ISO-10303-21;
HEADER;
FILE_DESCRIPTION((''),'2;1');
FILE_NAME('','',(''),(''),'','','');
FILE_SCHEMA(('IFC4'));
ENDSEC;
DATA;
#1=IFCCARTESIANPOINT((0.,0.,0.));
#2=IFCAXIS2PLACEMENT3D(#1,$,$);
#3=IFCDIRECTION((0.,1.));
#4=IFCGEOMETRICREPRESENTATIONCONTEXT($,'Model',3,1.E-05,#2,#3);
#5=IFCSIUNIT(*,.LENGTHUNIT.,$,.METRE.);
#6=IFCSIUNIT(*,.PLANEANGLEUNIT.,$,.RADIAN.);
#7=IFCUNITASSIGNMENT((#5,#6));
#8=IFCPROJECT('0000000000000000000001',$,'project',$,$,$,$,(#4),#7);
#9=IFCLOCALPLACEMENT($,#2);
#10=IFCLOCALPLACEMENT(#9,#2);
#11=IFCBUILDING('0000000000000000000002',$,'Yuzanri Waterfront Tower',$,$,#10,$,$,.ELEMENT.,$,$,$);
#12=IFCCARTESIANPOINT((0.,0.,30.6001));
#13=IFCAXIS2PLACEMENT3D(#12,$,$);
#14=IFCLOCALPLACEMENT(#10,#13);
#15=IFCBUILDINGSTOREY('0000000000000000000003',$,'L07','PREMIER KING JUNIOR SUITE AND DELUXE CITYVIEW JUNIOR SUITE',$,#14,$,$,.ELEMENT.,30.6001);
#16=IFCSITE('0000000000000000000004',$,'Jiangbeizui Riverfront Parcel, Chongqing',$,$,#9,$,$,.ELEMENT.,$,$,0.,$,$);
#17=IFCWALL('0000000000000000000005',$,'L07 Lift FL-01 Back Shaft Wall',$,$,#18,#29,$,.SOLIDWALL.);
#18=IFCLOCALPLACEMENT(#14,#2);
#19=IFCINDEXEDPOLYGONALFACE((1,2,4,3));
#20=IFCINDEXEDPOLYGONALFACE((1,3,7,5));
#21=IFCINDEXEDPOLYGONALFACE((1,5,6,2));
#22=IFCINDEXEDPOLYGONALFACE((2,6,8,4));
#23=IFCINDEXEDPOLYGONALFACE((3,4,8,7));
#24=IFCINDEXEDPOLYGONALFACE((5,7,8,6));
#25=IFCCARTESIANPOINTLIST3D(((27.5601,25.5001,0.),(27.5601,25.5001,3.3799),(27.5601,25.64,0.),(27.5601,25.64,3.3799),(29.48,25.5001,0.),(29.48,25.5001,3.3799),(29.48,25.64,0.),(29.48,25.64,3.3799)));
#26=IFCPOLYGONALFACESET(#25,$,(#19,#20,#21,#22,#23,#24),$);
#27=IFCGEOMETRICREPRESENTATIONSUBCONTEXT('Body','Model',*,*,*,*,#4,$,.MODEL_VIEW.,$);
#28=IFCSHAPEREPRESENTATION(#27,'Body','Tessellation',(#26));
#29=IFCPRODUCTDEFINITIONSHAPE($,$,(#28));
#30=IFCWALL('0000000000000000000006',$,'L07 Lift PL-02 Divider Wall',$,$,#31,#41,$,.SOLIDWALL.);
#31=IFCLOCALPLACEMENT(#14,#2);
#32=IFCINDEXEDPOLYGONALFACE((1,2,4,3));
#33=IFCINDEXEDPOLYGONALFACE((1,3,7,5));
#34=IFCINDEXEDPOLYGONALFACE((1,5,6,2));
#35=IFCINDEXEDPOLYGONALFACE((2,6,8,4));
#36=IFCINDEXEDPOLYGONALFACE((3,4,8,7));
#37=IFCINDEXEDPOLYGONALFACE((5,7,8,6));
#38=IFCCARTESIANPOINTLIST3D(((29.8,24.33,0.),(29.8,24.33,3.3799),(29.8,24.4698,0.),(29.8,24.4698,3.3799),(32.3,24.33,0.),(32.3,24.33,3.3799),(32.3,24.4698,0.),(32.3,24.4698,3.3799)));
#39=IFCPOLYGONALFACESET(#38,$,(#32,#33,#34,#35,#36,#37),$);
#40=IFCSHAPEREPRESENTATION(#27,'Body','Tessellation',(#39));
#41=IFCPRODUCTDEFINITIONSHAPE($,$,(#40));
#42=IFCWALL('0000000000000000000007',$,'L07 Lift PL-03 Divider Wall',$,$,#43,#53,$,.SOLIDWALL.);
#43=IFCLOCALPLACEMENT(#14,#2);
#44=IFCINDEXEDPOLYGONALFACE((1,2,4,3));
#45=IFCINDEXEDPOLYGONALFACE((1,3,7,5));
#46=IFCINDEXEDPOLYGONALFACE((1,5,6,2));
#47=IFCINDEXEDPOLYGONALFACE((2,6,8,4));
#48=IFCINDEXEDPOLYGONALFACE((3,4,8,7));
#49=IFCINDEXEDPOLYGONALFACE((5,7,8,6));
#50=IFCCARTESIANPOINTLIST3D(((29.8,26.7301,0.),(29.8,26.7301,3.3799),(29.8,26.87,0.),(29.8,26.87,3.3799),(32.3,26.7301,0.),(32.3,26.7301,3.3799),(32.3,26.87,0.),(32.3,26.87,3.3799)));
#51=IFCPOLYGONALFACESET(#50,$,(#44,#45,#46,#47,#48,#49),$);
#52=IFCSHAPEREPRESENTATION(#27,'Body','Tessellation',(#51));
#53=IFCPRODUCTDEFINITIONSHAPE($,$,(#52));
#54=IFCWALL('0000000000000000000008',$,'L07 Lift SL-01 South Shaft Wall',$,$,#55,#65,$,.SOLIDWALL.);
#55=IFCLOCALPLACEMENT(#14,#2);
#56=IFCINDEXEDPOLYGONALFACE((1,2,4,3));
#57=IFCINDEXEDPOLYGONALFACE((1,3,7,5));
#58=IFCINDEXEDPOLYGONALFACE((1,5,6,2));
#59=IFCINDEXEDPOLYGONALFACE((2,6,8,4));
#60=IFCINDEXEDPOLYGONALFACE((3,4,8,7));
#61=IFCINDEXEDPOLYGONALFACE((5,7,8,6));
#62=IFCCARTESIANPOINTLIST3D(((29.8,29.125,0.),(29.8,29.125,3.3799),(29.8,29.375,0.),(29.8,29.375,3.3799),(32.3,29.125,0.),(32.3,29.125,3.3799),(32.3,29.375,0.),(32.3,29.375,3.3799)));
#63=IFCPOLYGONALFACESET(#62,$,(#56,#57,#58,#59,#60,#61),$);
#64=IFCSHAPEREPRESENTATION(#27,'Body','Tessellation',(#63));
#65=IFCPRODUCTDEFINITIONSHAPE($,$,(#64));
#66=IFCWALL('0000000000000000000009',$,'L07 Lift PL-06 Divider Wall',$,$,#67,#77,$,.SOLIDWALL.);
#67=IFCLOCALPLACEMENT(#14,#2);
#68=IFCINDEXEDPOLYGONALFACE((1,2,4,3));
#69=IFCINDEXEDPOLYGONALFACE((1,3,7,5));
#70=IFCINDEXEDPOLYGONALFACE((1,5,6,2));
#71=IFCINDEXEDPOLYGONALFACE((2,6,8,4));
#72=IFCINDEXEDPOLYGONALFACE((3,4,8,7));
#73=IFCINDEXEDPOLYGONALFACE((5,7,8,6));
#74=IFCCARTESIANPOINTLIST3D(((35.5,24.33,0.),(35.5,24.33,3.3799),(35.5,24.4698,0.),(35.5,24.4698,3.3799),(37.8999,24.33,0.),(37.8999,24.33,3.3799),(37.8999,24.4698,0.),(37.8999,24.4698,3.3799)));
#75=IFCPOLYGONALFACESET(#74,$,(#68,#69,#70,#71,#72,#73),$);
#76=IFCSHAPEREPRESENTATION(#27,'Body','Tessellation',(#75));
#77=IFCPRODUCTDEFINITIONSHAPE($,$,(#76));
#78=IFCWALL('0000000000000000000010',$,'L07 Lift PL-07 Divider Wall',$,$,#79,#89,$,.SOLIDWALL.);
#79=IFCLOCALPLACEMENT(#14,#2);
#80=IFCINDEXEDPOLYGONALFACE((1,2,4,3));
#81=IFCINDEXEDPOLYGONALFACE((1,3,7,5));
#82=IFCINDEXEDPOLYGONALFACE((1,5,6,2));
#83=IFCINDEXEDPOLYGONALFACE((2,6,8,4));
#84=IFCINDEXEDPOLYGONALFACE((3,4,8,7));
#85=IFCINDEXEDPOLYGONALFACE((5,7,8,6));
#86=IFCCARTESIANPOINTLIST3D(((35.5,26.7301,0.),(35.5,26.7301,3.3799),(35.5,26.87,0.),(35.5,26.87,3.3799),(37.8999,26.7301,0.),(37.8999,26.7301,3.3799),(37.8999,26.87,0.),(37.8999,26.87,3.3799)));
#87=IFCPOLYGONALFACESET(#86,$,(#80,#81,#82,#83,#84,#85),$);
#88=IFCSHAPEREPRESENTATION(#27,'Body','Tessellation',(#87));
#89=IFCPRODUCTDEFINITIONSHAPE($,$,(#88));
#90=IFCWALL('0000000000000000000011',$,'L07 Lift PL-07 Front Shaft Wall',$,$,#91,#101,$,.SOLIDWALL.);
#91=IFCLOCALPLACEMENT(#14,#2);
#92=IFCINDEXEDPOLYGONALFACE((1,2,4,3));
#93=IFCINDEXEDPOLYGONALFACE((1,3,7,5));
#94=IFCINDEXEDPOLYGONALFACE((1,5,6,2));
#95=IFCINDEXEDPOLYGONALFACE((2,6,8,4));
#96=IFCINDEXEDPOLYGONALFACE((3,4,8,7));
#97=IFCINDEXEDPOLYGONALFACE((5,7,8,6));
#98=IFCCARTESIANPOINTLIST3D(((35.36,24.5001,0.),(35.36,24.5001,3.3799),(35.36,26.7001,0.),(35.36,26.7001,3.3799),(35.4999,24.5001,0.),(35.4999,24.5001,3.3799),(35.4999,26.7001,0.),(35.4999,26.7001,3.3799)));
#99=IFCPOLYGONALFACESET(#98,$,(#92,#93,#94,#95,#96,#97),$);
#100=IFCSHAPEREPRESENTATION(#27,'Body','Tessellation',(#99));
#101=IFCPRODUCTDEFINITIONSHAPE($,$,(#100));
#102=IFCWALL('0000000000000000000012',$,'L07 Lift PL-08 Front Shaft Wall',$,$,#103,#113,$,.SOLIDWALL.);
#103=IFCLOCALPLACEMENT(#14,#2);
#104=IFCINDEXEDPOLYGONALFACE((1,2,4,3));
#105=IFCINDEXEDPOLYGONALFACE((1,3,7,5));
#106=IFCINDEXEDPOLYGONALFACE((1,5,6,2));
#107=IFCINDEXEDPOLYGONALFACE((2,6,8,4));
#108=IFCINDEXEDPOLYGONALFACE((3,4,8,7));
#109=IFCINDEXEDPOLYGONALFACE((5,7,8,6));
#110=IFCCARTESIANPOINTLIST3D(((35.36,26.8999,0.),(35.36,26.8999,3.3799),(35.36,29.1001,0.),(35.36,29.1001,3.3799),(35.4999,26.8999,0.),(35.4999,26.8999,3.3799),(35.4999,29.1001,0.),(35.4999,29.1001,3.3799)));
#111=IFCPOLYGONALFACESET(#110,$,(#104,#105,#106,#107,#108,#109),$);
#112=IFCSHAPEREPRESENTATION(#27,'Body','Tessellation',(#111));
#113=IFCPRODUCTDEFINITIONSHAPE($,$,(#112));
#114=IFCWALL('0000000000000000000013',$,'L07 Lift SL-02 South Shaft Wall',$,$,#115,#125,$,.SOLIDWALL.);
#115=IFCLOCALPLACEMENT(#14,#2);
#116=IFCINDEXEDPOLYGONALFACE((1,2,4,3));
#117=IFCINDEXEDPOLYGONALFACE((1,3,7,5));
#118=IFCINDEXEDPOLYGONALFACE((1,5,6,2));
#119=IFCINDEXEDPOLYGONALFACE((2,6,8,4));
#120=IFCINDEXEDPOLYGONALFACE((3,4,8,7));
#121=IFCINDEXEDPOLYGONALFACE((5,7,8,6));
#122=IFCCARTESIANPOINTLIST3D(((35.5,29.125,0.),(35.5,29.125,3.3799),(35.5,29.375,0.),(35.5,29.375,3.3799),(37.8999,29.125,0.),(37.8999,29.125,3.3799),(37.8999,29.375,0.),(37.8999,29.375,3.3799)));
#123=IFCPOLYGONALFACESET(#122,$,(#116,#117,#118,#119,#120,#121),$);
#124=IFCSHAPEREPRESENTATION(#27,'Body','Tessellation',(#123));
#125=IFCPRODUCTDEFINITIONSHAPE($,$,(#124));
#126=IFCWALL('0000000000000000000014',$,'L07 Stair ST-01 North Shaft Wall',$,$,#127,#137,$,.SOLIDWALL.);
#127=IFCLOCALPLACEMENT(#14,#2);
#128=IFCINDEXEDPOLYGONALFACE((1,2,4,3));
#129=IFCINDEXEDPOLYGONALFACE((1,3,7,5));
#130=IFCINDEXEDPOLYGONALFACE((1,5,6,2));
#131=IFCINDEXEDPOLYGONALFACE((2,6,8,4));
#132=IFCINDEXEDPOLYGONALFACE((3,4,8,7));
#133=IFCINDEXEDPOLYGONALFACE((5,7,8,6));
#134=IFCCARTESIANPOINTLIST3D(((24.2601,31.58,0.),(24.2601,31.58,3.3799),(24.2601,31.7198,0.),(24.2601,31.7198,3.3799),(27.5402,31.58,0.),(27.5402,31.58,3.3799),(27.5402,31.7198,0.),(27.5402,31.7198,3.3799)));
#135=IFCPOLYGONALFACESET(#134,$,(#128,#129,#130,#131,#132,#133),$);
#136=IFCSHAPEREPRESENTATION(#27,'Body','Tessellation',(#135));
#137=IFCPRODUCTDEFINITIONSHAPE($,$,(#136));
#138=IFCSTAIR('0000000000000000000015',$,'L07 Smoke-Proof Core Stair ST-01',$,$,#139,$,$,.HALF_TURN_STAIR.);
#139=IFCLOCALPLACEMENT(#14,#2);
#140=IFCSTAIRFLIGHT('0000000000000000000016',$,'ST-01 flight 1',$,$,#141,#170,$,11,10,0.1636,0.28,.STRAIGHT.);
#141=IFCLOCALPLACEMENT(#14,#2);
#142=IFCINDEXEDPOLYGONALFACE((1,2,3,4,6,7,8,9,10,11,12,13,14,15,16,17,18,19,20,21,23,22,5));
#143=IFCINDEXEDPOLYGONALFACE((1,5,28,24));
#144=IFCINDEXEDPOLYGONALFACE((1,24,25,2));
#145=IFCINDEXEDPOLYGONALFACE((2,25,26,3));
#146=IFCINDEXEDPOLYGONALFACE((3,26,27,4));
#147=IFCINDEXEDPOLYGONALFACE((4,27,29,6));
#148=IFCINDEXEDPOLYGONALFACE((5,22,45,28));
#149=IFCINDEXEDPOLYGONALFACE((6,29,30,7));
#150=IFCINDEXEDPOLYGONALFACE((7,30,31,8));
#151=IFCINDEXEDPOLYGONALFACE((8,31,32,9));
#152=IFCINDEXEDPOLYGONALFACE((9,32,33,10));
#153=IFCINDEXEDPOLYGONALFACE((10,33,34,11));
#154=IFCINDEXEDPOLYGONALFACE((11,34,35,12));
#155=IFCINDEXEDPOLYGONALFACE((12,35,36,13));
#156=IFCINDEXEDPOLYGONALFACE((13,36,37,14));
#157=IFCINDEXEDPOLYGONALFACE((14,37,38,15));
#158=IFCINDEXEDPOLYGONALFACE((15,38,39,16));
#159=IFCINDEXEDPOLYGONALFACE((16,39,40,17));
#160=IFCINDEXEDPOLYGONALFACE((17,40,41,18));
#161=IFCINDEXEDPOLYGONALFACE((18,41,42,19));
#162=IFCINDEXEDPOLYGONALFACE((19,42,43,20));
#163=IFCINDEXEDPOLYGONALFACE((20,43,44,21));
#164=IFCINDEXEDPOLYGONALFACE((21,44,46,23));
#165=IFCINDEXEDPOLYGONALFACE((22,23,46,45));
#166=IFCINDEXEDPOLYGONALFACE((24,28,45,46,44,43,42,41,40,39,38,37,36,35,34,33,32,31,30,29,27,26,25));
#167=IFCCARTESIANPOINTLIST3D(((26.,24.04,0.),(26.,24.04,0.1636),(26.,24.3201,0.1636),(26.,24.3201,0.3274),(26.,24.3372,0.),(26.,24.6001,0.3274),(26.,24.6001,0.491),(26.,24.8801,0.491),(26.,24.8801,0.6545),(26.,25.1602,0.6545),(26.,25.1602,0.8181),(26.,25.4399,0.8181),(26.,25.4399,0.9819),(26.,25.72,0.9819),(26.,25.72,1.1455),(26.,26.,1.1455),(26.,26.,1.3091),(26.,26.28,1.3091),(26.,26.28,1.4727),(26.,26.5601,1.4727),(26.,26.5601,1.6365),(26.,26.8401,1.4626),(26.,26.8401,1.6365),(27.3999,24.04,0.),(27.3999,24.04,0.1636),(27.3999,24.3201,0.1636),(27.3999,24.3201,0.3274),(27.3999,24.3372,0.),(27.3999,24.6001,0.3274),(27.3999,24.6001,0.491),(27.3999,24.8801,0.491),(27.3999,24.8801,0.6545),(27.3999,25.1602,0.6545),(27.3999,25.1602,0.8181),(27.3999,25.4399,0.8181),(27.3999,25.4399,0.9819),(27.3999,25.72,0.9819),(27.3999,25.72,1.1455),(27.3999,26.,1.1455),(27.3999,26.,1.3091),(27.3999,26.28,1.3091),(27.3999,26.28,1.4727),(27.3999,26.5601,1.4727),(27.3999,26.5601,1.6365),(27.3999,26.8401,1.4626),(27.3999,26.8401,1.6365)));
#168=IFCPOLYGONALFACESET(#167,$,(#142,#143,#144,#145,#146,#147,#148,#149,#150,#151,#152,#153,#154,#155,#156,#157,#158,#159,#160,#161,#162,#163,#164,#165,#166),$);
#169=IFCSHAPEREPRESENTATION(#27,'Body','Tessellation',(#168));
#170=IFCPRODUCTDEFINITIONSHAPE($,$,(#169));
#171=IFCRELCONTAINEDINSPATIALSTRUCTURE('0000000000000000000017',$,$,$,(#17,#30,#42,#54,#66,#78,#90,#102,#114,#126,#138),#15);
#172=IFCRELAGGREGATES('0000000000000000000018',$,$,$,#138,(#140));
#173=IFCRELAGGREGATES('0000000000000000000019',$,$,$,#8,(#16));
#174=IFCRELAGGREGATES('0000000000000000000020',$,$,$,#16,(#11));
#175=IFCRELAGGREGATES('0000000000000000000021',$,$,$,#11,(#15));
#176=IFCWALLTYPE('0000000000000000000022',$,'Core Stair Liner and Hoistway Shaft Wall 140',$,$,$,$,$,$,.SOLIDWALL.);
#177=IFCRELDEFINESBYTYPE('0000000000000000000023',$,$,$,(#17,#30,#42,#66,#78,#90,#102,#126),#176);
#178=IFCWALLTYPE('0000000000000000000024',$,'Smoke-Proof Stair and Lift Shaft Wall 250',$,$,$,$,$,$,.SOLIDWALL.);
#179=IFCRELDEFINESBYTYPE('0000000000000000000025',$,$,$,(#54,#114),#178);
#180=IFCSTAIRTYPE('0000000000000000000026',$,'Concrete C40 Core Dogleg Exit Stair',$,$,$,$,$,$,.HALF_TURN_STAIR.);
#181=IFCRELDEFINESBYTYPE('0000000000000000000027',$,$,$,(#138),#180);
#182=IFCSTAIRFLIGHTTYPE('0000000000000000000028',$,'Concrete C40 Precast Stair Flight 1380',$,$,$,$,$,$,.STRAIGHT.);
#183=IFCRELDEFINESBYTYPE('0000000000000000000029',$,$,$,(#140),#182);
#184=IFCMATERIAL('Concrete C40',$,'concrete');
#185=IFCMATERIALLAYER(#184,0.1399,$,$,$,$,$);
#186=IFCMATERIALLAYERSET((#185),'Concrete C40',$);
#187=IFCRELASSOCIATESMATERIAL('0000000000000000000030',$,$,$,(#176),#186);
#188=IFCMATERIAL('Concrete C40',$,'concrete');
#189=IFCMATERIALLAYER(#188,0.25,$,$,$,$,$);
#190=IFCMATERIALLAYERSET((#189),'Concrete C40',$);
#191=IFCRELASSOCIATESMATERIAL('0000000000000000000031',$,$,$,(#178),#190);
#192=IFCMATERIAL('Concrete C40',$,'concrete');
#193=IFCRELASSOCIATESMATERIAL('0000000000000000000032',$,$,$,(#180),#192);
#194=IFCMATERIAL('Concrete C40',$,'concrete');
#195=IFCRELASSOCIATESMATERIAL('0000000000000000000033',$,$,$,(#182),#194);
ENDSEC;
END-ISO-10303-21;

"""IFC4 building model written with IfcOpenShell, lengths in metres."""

from ifc_helpers import new_model, si_unit, direction, frame, frame_2d, origin, place, context, subcontext, project, spatial, polyline, rectangle, outline, extrude, source, transform, mapped, material, layer, layer_set, type_object, element, aggregate, save


model = new_model("IFC4")

# Units and contexts
model_context = context("Model", 3, precision=1e-05, world=origin(), true_north=direction((0.0, 1.0)))
body_context = subcontext(model_context, "Body", "Model", "MODEL_VIEW")
ifc_project = project(units=[si_unit("LENGTHUNIT", "METRE"), si_unit("PLANEANGLEUNIT", "RADIAN")], contexts=[model_context])

# Site, building, storey
site_placement = place(None, origin())
site = spatial("IfcSite", under=ifc_project, at=site_placement, Name="Jiangbeizui Riverfront Parcel, Chongqing", CompositionType="ELEMENT", RefElevation=0.0)
building_placement = place(site_placement, origin())
building = spatial("IfcBuilding", under=site, at=building_placement, Name="Yuzanri Waterfront Tower", CompositionType="ELEMENT")
storey_placement = place(building_placement, frame((0.0, 0.0, 30.6001)))
storey = spatial("IfcBuildingStorey", under=building, at=storey_placement, Name="L07", Description="PREMIER KING JUNIOR SUITE AND DELUXE CITYVIEW JUNIOR SUITE", CompositionType="ELEMENT", Elevation=30.6001)

# Shared definitions
ifc_material_1 = material(Name="Concrete C40", Category="concrete")
ifc_layer_1 = layer(ifc_material_1, 0.1399)
ifc_layer_set_1 = layer_set([ifc_layer_1], Name="Concrete C40")
wall_type_1 = type_object("IfcWallType", Name="Core Stair Liner and Hoistway Shaft Wall 140", PredefinedType="SOLIDWALL", material=ifc_layer_set_1)

# Walls
shared_shape_1 = source(origin(), body_context, "Body", "SweptSolid", [
    extrude(rectangle(XDim=1.9199, YDim=0.1399, at=frame_2d((0.96, 0.0))), origin(), (0.0, 0.0, 1.0), 3.3799),
])
wall_1_placement = place(storey_placement, frame((27.5601, 25.5701, 0.0), z_axis=(0.0, 0.0, 1.0), x_axis=(1.0, 0.0, 0.0)))
element("IfcWall", 1, at=wall_1_placement, inside=storey, type_object=wall_type_1, Name="L07 Lift FL-01 Back Shaft Wall", PredefinedType="SOLIDWALL", context=body_context, shape_type="MappedRepresentation", body=[
    mapped(shared_shape_1, transform((0.0, 0.0, 0.0), scale=1.0)),
])
shared_shape_2 = source(origin(), body_context, "Body", "SweptSolid", [
    extrude(rectangle(XDim=2.5, YDim=0.1399, at=frame_2d((1.25, 0.0))), origin(), (0.0, 0.0, 1.0), 3.3799),
])
for number, where, z_axis, x_axis, name in (
    (2, (29.8, 24.3999, 0.0), (0.0, 0.0, 1.0), (1.0, 0.0, 0.0), "L07 Lift PL-02 Divider Wall"),
    (3, (29.8, 26.8, 0.0), (0.0, 0.0, 1.0), (1.0, 0.0, 0.0), "L07 Lift PL-03 Divider Wall"),
):
    element("IfcWall", number, at=place(storey_placement, frame(where, z_axis=z_axis, x_axis=x_axis)), inside=storey, type_object=wall_type_1, Name=name, PredefinedType="SOLIDWALL", context=body_context, shape_type="MappedRepresentation", body=[
        mapped(shared_shape_2, transform((0.0, 0.0, 0.0), scale=1.0)),
    ])
ifc_material_2 = material(Name="Concrete C40", Category="concrete")
ifc_layer_2 = layer(ifc_material_2, 0.25)
ifc_layer_set_2 = layer_set([ifc_layer_2], Name="Concrete C40")
wall_type_2 = type_object("IfcWallType", Name="Smoke-Proof Stair and Lift Shaft Wall 250", PredefinedType="SOLIDWALL", material=ifc_layer_set_2)
shared_shape_3 = source(origin(), body_context, "Body", "SweptSolid", [
    extrude(rectangle(XDim=2.5, YDim=0.25, at=frame_2d((1.25, 0.0))), origin(), (0.0, 0.0, 1.0), 3.3799),
])
wall_2_placement = place(storey_placement, frame((29.8, 29.25, 0.0), z_axis=(0.0, 0.0, 1.0), x_axis=(1.0, 0.0, 0.0)))
element("IfcWall", 4, at=wall_2_placement, inside=storey, type_object=wall_type_2, Name="L07 Lift SL-01 South Shaft Wall", PredefinedType="SOLIDWALL", context=body_context, shape_type="MappedRepresentation", body=[
    mapped(shared_shape_3, transform((0.0, 0.0, 0.0), scale=1.0)),
])
shared_shape_4 = source(origin(), body_context, "Body", "SweptSolid", [
    extrude(rectangle(XDim=2.3999, YDim=0.1399, at=frame_2d((1.2, 0.0))), origin(), (0.0, 0.0, 1.0), 3.3799),
])
for number, where, z_axis, x_axis, name in (
    (5, (35.5, 24.3999, 0.0), (0.0, 0.0, 1.0), (1.0, 0.0, 0.0), "L07 Lift PL-06 Divider Wall"),
    (6, (35.5, 26.8, 0.0), (0.0, 0.0, 1.0), (1.0, 0.0, 0.0), "L07 Lift PL-07 Divider Wall"),
):
    element("IfcWall", number, at=place(storey_placement, frame(where, z_axis=z_axis, x_axis=x_axis)), inside=storey, type_object=wall_type_1, Name=name, PredefinedType="SOLIDWALL", context=body_context, shape_type="MappedRepresentation", body=[
        mapped(shared_shape_4, transform((0.0, 0.0, 0.0), scale=1.0)),
    ])
shared_shape_5 = source(origin(), body_context, "Body", "SweptSolid", [
    extrude(rectangle(XDim=2.2, YDim=0.1399, at=frame_2d((1.1001, 0.0))), origin(), (0.0, 0.0, 1.0), 3.3799),
])
wall_3_placement = place(storey_placement, frame((35.4299, 24.5, 0.0), z_axis=(0.0, 0.0, 1.0), x_axis=(0.0, 1.0, 0.0)))
element("IfcWall", 7, at=wall_3_placement, inside=storey, type_object=wall_type_1, Name="L07 Lift PL-07 Front Shaft Wall", PredefinedType="SOLIDWALL", context=body_context, shape_type="MappedRepresentation", body=[
    mapped(shared_shape_5, transform((0.0, 0.0, 0.0), scale=1.0)),
])
shared_shape_6 = source(origin(), body_context, "Body", "SweptSolid", [
    extrude(rectangle(XDim=2.2002, YDim=0.1399, at=frame_2d((1.1001, 0.0))), origin(), (0.0, 0.0, 1.0), 3.3799),
])
wall_4_placement = place(storey_placement, frame((35.4299, 26.8999, 0.0), z_axis=(0.0, 0.0, 1.0), x_axis=(0.0, 1.0, 0.0)))
element("IfcWall", 8, at=wall_4_placement, inside=storey, type_object=wall_type_1, Name="L07 Lift PL-08 Front Shaft Wall", PredefinedType="SOLIDWALL", context=body_context, shape_type="MappedRepresentation", body=[
    mapped(shared_shape_6, transform((0.0, 0.0, 0.0), scale=1.0)),
])
shared_shape_7 = source(origin(), body_context, "Body", "SweptSolid", [
    extrude(rectangle(XDim=2.3999, YDim=0.25, at=frame_2d((1.2, 0.0))), origin(), (0.0, 0.0, 1.0), 3.3799),
])
wall_5_placement = place(storey_placement, frame((35.5, 29.25, 0.0), z_axis=(0.0, 0.0, 1.0), x_axis=(1.0, 0.0, 0.0)))
element("IfcWall", 9, at=wall_5_placement, inside=storey, type_object=wall_type_2, Name="L07 Lift SL-02 South Shaft Wall", PredefinedType="SOLIDWALL", context=body_context, shape_type="MappedRepresentation", body=[
    mapped(shared_shape_7, transform((0.0, 0.0, 0.0), scale=1.0)),
])
shared_shape_8 = source(origin(), body_context, "Body", "SweptSolid", [
    extrude(rectangle(XDim=3.28, YDim=0.1399, at=frame_2d((1.6401, 0.0))), origin(), (0.0, 0.0, 1.0), 3.3799),
])
wall_6_placement = place(storey_placement, frame((24.26, 31.6499, 0.0), z_axis=(0.0, 0.0, 1.0), x_axis=(1.0, 0.0, 0.0)))
element("IfcWall", 10, at=wall_6_placement, inside=storey, type_object=wall_type_1, Name="L07 Stair ST-01 North Shaft Wall", PredefinedType="SOLIDWALL", context=body_context, shape_type="MappedRepresentation", body=[
    mapped(shared_shape_8, transform((0.0, 0.0, 0.0), scale=1.0)),
])

# Stair, stair flight
ifc_material_3 = material(Name="Concrete C40", Category="concrete")
stair_type = type_object("IfcStairType", Name="Concrete C40 Core Dogleg Exit Stair", PredefinedType="HALF_TURN_STAIR", material=ifc_material_3)
stair_placement = place(storey_placement, origin())
stair = element("IfcStair", 11, at=stair_placement, inside=storey, type_object=stair_type, Name="L07 Smoke-Proof Core Stair ST-01", PredefinedType="HALF_TURN_STAIR")
ifc_material_4 = material(Name="Concrete C40", Category="concrete")
stair_flight_type = type_object("IfcStairFlightType", Name="Concrete C40 Precast Stair Flight 1380", PredefinedType="STRAIGHT", material=ifc_material_4)
shared_shape_9 = source(origin(), body_context, "Body", "SweptSolid", [
    extrude(outline(polyline([(0.0, 0.0), (0.0, 0.1636), (0.28, 0.1636), (0.28, 0.3274), (0.5601, 0.3274), (0.5601, 0.491), (0.8401, 0.491), (0.8401, 0.6545), (1.1201, 0.6545), (1.1201, 0.8181), (1.3999, 0.8181), (1.3999, 0.9819), (1.6799, 0.9819), (1.6799, 1.1455), (1.96, 1.1455), (1.96, 1.3091), (2.24, 1.3091), (2.24, 1.4727), (2.52, 1.4727), (2.52, 1.6365), (2.8, 1.6365), (2.8, 1.8), (2.8, 1.4626), (0.2971, 0.0), (0.0, 0.0)])), frame((0.0, 0.7, 0.0), z_axis=(0.0, -1.0, 0.0), x_axis=(1.0, 0.0, 0.0)), (0.0, 0.0, 1.0), 1.3999),
])
stair_flight_1_placement = place(storey_placement, frame((26.7, 24.04, 0.0), z_axis=(0.0, 0.0, 1.0), x_axis=(0.0, 1.0, 0.0)))
stair_flight_1 = element("IfcStairFlight", 12, at=stair_flight_1_placement, type_object=stair_flight_type, Name="ST-01 flight 1", NumberOfRisers=11, NumberOfTreads=10, PredefinedType="STRAIGHT", RiserHeight=0.1636, TreadLength=0.28, context=body_context, shape_type="MappedRepresentation", body=[
    mapped(shared_shape_9, transform((0.0, 0.0, 0.0), scale=1.0)),
])
aggregate(stair, [stair_flight_1])

save(model, "model.ifc")
